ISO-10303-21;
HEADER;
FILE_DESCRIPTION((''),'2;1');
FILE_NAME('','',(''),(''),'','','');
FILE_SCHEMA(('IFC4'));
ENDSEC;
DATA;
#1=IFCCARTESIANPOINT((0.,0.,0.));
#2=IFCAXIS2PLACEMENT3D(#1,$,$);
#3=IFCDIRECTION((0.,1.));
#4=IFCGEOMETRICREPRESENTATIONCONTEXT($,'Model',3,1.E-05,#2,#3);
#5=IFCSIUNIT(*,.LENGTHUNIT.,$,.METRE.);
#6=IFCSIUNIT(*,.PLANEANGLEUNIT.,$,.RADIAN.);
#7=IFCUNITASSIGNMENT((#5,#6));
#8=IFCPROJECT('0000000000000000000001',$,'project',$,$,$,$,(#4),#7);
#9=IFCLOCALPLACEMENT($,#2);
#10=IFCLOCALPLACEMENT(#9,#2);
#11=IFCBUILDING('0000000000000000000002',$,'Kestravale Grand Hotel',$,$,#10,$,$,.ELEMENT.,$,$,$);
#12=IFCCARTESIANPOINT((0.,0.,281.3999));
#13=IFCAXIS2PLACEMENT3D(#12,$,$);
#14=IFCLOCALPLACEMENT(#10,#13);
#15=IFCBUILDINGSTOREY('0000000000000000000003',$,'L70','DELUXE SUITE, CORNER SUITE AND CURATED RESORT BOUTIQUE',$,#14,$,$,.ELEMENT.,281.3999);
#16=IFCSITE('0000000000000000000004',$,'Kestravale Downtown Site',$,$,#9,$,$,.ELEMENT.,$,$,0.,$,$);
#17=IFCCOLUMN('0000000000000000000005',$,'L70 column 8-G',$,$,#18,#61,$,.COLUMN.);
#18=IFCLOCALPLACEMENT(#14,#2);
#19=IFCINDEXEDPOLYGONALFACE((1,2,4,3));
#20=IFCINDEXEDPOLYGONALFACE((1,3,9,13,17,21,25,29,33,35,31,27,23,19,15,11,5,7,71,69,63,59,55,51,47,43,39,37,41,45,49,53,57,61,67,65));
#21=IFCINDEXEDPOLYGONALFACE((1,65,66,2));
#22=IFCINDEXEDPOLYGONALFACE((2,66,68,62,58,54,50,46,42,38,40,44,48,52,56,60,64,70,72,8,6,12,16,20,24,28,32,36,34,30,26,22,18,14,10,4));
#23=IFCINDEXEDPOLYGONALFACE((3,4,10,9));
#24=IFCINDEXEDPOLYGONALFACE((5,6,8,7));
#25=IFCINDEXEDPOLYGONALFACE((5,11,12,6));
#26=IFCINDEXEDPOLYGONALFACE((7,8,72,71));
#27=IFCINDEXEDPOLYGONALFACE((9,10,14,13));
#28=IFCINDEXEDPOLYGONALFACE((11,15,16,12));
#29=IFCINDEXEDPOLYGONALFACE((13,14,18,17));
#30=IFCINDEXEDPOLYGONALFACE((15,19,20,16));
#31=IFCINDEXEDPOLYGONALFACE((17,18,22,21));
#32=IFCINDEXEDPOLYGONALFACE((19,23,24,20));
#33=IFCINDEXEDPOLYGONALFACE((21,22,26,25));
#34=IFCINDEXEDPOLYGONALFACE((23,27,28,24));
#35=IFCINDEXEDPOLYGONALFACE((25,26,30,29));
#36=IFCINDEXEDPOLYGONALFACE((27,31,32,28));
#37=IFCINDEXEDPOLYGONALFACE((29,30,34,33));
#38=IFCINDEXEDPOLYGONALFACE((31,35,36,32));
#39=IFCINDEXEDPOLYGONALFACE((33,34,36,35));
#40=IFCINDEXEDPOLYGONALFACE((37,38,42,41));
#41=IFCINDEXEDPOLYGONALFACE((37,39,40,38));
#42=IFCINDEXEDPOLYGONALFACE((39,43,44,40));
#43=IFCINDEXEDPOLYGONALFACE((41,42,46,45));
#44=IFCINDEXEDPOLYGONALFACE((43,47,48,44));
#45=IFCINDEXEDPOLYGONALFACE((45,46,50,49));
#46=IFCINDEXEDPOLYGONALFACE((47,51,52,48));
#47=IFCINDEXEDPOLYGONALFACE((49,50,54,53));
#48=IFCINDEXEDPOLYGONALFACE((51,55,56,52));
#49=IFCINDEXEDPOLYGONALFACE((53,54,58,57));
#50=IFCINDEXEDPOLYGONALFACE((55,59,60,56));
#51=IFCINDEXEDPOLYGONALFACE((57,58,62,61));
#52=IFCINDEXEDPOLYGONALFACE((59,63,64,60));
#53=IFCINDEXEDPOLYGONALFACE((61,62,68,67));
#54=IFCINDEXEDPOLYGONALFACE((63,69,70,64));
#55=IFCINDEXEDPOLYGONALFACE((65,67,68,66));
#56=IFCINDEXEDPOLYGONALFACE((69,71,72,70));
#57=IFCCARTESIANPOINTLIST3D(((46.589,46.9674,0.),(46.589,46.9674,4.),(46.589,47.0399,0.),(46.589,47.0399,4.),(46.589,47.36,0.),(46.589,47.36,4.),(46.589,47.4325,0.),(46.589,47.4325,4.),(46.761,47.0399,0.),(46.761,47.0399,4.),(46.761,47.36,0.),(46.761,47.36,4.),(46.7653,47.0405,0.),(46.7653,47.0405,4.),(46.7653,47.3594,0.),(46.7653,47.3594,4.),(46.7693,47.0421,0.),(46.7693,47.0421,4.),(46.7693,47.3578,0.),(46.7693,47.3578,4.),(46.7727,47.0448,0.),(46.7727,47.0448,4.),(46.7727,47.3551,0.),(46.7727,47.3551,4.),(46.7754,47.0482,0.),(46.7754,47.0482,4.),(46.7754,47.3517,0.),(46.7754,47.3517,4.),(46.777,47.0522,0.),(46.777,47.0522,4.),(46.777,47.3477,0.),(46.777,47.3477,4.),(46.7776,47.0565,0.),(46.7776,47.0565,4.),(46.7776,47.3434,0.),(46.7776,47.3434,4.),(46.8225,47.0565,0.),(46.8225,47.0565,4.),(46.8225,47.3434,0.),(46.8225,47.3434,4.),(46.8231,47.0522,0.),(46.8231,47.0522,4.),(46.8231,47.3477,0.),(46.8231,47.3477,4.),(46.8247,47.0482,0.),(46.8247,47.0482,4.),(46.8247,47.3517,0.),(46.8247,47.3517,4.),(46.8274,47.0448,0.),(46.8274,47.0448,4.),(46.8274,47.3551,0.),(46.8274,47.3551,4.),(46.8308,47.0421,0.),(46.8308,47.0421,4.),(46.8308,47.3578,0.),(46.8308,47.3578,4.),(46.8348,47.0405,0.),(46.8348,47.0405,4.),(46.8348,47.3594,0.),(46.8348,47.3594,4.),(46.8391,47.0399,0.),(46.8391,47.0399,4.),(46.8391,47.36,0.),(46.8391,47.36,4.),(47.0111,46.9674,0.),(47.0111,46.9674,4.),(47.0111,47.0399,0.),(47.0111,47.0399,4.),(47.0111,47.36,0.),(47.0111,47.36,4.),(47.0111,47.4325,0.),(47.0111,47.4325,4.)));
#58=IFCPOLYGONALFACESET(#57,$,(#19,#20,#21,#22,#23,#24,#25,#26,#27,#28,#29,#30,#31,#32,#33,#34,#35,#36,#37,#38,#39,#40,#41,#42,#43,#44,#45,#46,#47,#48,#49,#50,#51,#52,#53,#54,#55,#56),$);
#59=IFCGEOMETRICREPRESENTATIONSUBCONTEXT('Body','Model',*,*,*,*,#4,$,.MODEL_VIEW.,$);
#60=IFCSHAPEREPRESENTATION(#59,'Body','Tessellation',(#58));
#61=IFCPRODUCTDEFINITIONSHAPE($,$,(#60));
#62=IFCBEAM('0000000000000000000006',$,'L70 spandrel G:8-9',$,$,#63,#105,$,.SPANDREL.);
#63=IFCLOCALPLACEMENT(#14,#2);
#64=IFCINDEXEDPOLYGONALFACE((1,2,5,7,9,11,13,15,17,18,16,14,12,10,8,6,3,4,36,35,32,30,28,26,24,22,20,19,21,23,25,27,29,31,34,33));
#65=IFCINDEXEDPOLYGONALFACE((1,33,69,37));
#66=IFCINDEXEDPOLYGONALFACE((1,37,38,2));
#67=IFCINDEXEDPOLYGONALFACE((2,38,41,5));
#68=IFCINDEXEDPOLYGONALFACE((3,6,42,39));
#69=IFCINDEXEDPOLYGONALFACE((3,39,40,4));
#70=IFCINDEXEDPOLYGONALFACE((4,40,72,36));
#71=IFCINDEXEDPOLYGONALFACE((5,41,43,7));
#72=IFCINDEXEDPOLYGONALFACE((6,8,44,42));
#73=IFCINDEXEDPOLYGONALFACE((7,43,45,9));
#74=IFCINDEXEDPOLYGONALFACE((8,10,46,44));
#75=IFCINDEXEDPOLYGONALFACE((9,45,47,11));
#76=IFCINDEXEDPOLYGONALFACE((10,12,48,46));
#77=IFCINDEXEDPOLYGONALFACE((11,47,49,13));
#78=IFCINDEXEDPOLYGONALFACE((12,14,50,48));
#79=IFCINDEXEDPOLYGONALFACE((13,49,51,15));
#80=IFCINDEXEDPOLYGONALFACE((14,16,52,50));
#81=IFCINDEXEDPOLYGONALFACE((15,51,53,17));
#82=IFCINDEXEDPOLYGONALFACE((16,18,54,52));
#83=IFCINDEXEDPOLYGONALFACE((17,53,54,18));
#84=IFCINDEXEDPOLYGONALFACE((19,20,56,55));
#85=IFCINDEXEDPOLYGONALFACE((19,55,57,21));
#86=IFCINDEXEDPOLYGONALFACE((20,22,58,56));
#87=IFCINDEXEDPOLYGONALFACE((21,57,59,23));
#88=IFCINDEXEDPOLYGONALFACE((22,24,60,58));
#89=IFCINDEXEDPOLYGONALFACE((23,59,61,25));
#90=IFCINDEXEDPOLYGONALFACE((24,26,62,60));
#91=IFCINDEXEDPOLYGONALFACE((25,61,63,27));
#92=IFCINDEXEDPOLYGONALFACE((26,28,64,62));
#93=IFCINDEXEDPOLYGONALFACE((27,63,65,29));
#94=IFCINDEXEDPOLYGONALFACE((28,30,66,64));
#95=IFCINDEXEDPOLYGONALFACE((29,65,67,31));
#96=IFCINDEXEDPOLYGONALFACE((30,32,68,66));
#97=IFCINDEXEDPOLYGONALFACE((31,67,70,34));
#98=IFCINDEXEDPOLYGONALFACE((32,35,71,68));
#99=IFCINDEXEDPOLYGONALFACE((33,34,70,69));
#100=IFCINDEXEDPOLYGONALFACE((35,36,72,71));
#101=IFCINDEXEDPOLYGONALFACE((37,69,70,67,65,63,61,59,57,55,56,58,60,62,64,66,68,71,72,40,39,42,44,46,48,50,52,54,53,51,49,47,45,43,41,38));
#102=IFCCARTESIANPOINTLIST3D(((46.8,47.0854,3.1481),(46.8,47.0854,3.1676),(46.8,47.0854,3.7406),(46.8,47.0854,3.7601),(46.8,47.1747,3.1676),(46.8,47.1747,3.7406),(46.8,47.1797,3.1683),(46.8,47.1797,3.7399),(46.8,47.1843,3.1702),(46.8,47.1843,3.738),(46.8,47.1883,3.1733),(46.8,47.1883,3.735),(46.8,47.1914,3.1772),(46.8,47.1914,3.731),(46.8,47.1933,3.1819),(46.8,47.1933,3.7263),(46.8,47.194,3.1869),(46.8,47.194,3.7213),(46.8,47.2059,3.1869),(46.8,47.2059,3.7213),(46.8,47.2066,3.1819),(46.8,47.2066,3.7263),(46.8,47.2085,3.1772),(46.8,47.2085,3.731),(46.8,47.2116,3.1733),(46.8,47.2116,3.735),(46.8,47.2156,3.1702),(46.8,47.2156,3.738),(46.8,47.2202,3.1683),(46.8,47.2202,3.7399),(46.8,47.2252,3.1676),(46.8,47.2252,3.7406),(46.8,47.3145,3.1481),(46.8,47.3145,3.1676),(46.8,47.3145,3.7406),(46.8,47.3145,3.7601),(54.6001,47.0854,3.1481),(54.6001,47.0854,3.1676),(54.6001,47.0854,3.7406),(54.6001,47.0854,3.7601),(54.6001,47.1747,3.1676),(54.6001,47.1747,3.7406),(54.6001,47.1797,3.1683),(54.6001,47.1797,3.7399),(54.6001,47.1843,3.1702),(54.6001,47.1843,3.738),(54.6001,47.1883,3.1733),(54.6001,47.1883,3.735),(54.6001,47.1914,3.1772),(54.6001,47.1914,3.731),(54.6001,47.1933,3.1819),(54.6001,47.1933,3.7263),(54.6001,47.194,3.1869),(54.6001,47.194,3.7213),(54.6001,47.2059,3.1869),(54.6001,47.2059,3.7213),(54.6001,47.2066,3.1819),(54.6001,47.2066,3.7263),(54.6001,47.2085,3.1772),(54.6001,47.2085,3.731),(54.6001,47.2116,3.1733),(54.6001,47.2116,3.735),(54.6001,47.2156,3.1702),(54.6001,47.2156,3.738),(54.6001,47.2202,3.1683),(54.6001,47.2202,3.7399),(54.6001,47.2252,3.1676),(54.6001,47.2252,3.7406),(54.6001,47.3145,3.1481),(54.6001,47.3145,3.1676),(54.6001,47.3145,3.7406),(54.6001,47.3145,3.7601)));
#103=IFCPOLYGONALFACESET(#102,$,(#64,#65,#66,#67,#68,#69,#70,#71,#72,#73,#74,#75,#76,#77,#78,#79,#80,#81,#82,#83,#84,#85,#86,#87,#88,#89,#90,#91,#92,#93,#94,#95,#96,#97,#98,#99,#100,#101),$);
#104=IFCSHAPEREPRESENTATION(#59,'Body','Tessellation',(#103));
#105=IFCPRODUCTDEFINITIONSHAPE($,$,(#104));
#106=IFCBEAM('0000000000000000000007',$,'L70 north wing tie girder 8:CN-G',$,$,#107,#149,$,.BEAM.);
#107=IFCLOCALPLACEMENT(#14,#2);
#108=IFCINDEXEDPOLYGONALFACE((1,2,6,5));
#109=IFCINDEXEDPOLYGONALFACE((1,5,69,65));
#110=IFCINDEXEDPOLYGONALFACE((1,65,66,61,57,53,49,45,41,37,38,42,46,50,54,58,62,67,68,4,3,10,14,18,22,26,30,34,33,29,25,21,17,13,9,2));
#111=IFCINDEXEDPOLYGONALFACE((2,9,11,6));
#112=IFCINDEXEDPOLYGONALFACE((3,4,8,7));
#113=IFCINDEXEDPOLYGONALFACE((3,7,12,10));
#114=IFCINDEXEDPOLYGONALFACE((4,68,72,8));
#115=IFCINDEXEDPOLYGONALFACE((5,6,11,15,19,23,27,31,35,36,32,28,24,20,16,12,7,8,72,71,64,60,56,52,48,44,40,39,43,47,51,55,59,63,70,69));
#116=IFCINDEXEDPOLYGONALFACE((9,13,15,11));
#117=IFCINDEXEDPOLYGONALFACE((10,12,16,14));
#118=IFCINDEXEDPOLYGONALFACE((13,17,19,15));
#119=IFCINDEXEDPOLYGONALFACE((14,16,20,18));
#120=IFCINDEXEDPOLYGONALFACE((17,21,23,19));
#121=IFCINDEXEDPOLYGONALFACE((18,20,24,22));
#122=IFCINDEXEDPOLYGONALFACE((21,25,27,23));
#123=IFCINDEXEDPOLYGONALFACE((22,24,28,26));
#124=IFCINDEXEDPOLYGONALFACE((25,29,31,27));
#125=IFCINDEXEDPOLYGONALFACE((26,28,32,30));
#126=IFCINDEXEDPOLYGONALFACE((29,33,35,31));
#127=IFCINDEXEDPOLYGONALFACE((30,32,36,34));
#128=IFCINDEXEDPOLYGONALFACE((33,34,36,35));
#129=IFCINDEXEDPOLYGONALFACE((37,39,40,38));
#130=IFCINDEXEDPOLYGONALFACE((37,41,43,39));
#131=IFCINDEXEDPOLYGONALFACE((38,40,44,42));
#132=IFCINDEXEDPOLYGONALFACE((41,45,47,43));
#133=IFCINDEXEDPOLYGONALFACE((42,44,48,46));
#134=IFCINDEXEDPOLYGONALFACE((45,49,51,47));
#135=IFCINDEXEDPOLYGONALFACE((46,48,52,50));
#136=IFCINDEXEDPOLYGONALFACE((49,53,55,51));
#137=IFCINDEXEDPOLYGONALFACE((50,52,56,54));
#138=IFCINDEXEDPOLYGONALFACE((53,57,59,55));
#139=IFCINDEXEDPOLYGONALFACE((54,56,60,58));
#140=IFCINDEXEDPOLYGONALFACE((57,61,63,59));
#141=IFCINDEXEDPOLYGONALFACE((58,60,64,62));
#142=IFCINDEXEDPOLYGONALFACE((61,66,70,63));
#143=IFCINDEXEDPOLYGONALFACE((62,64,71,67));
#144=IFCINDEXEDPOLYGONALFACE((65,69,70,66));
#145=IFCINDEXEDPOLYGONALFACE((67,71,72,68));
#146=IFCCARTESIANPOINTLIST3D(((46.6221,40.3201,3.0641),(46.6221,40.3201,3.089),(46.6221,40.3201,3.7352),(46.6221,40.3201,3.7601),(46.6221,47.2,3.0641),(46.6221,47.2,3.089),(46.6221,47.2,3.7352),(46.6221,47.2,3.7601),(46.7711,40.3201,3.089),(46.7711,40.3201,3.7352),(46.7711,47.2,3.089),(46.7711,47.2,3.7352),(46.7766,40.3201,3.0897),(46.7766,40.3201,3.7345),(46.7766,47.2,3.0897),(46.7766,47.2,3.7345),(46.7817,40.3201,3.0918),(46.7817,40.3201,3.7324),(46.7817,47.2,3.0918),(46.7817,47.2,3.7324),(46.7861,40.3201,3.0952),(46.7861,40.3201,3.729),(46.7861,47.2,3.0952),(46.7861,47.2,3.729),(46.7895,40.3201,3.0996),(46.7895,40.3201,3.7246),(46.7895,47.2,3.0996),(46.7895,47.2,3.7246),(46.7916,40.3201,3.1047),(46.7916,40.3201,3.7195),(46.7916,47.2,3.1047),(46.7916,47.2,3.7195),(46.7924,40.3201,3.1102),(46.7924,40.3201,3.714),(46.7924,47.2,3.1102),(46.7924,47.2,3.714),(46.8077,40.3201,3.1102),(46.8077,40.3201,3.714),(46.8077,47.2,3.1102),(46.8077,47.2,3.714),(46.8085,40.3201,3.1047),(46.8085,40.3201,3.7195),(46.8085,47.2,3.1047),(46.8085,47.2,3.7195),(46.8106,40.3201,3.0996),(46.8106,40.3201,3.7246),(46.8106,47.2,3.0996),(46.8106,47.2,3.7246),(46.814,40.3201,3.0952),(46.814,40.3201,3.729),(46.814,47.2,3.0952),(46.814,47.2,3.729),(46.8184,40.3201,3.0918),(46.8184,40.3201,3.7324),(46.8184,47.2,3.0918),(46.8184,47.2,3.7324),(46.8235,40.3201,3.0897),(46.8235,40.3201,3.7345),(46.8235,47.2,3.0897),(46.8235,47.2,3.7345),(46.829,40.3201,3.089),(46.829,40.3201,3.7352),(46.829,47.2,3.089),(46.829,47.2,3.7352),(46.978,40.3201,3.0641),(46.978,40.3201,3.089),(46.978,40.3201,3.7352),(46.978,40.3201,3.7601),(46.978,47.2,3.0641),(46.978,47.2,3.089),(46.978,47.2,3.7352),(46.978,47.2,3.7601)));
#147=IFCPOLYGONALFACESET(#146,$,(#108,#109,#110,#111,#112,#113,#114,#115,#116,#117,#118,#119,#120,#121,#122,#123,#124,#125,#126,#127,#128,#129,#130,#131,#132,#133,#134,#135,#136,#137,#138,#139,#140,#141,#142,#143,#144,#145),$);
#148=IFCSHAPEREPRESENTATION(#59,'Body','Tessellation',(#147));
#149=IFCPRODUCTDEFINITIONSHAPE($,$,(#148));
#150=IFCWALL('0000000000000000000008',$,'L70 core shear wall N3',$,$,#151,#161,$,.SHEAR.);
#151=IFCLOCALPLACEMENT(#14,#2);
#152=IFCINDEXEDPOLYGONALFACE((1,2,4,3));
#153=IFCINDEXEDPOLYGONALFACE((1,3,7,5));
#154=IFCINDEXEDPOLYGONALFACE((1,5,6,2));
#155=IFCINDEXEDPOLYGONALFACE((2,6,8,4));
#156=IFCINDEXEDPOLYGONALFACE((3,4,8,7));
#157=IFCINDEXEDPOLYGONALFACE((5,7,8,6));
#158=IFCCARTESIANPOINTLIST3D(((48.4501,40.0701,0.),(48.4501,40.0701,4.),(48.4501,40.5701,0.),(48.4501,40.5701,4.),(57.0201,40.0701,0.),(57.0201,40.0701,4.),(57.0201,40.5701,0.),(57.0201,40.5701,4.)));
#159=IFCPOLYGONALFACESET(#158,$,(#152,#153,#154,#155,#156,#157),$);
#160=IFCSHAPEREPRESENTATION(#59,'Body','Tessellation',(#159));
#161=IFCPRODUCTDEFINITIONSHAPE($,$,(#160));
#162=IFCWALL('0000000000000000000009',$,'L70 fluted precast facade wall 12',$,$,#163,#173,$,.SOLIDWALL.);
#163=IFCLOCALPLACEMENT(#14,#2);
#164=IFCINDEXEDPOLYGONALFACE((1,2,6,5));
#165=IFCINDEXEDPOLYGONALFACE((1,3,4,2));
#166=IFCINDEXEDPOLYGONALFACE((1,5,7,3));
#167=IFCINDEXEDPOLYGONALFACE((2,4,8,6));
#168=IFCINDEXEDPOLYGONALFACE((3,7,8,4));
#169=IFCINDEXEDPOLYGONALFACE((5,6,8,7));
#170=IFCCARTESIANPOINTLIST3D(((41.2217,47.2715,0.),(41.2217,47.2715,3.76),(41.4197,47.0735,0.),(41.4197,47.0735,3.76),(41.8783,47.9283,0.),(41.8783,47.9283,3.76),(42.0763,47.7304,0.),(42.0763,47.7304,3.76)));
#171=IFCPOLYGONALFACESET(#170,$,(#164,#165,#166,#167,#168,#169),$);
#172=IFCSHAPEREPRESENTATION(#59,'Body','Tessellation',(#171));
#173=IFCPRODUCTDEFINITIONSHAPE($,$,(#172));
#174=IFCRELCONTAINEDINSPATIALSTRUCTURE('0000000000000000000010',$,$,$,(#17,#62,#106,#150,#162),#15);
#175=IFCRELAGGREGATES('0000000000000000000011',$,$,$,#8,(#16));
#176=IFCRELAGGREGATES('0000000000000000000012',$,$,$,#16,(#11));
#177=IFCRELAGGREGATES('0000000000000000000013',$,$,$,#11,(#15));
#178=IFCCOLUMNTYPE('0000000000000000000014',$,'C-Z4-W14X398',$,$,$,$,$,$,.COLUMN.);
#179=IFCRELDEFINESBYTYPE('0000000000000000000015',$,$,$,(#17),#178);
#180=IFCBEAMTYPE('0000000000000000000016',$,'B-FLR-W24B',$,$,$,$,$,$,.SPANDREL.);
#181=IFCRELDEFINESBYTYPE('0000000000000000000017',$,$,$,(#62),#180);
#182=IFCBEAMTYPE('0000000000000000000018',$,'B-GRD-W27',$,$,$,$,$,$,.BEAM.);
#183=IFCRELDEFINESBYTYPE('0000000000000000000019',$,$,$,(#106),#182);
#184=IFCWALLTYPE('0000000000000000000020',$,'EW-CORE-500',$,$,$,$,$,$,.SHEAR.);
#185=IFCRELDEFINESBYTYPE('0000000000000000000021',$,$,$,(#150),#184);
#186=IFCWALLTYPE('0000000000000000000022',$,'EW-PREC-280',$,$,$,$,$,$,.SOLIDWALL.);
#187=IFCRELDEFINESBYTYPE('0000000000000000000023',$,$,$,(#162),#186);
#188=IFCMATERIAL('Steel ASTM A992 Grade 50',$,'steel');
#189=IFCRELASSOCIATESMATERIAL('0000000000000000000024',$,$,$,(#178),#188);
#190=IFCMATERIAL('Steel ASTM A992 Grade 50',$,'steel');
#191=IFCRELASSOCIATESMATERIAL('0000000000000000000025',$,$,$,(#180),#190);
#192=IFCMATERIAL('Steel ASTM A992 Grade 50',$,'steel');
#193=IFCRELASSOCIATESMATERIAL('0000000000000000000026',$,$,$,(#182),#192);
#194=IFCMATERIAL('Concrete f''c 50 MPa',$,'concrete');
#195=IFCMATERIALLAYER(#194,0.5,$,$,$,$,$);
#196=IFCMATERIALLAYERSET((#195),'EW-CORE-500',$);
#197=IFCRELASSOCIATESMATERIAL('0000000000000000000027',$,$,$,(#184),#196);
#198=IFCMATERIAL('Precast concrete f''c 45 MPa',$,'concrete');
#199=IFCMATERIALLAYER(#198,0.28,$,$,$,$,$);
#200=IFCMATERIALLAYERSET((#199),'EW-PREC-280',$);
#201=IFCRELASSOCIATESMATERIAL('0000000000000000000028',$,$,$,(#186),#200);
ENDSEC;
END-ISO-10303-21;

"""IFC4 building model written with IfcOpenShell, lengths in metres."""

from ifc_helpers import new_model, si_unit, direction, frame, frame_2d, origin, origin_2d, place, context, subcontext, project, spatial, rectangle, i_section, extrude, material, layer, layer_set, material_profile, profile_set, type_object, element, save


model = new_model("IFC4")

# Units and contexts
model_context = context("Model", 3, precision=1e-05, world=origin(), true_north=direction((0.0, 1.0)))
body_context = subcontext(model_context, "Body", "Model", "MODEL_VIEW")
ifc_project = project(units=[si_unit("LENGTHUNIT", "METRE"), si_unit("PLANEANGLEUNIT", "RADIAN")], contexts=[model_context])

# Site, building, storey
site_placement = place(None, origin())
site = spatial("IfcSite", under=ifc_project, at=site_placement, Name="Kestravale Downtown Site", CompositionType="ELEMENT", RefElevation=0.0)
building_placement = place(site_placement, origin())
building = spatial("IfcBuilding", under=site, at=building_placement, Name="Kestravale Grand Hotel", CompositionType="ELEMENT")
storey_placement = place(building_placement, frame((0.0, 0.0, 281.3999)))
storey = spatial("IfcBuildingStorey", under=building, at=storey_placement, Name="L70", Description="DELUXE SUITE, CORNER SUITE AND CURATED RESORT BOUTIQUE", CompositionType="ELEMENT", Elevation=281.3999)

# Column
ifc_material_1 = material(Name="Steel ASTM A992 Grade 50", Category="steel")
ifc_material_profile_1 = material_profile(ifc_material_1, i_section(OverallWidth=0.4221, OverallDepth=0.4651, WebThickness=0.0449, FlangeThickness=0.0725, FilletRadius=0.0166, at=origin_2d()))
ifc_profile_set_1 = profile_set([ifc_material_profile_1], Name="Steel ASTM A992 Grade 50")
column_type = type_object("IfcColumnType", Name="C-Z4-W14X398", PredefinedType="COLUMN", material=ifc_profile_set_1)
column_placement = place(storey_placement, frame((46.8, 47.2, 0.0), z_axis=(0.0, 0.0, 1.0), x_axis=(1.0, 0.0, 0.0)))
element("IfcColumn", 1, at=column_placement, inside=storey, type_object=column_type, Name="L70 column 8-G", PredefinedType="COLUMN", context=body_context, shape_type="SweptSolid", body=[
    extrude(i_section(OverallWidth=0.4221, OverallDepth=0.4651, WebThickness=0.0449, FlangeThickness=0.0725, FilletRadius=0.0166, at=origin_2d()), origin(), (0.0, 0.0, 1.0), 4.0),
])

# Beams
ifc_material_2 = material(Name="Steel ASTM A992 Grade 50", Category="steel")
ifc_material_profile_2 = material_profile(ifc_material_2, i_section(OverallWidth=0.229, OverallDepth=0.6121, WebThickness=0.012, FlangeThickness=0.0195, FilletRadius=0.0193, at=origin_2d()))
ifc_profile_set_2 = profile_set([ifc_material_profile_2], Name="Steel ASTM A992 Grade 50")
beam_type_1 = type_object("IfcBeamType", Name="B-FLR-W24B", PredefinedType="SPANDREL", material=ifc_profile_set_2)
beam_1_placement = place(storey_placement, frame((46.8, 47.2, 3.4541), z_axis=(1.0, 0.0, 0.0), x_axis=(0.0, 1.0, 0.0)))
element("IfcBeam", 2, at=beam_1_placement, inside=storey, type_object=beam_type_1, Name="L70 spandrel G:8-9", PredefinedType="SPANDREL", context=body_context, shape_type="SweptSolid", body=[
    extrude(i_section(OverallWidth=0.229, OverallDepth=0.6121, WebThickness=0.012, FlangeThickness=0.0195, FilletRadius=0.0193, at=origin_2d()), origin(), (0.0, 0.0, 1.0), 7.8),
])
ifc_material_3 = material(Name="Steel ASTM A992 Grade 50", Category="steel")
ifc_material_profile_3 = material_profile(ifc_material_3, i_section(OverallWidth=0.356, OverallDepth=0.696, WebThickness=0.0154, FlangeThickness=0.0249, FilletRadius=0.0212, at=origin_2d()))
ifc_profile_set_3 = profile_set([ifc_material_profile_3], Name="Steel ASTM A992 Grade 50")
beam_type_2 = type_object("IfcBeamType", Name="B-GRD-W27", PredefinedType="BEAM", material=ifc_profile_set_3)
beam_2_placement = place(storey_placement, frame((46.8, 40.3201, 3.4121), z_axis=(0.0, 1.0, 0.0), x_axis=(-1.0, 0.0, 0.0)))
element("IfcBeam", 3, at=beam_2_placement, inside=storey, type_object=beam_type_2, Name="L70 north wing tie girder 8:CN-G", PredefinedType="BEAM", context=body_context, shape_type="SweptSolid", body=[
    extrude(i_section(OverallWidth=0.356, OverallDepth=0.696, WebThickness=0.0154, FlangeThickness=0.0249, FilletRadius=0.0212, at=origin_2d()), origin(), (0.0, 0.0, 1.0), 6.8799),
])

# Walls
ifc_material_4 = material(Name="Concrete f'c 50 MPa", Category="concrete")
ifc_layer_1 = layer(ifc_material_4, 0.5)
ifc_layer_set_1 = layer_set([ifc_layer_1], Name="EW-CORE-500")
wall_type_1 = type_object("IfcWallType", Name="EW-CORE-500", PredefinedType="SHEAR", material=ifc_layer_set_1)
wall_1_placement = place(storey_placement, frame((48.45, 40.3201, 0.0), z_axis=(0.0, 0.0, 1.0), x_axis=(1.0, 0.0, 0.0)))
element("IfcWall", 4, at=wall_1_placement, inside=storey, type_object=wall_type_1, Name="L70 core shear wall N3", PredefinedType="SHEAR", context=body_context, shape_type="SweptSolid", body=[
    extrude(rectangle(XDim=8.5701, YDim=0.5, at=frame_2d((4.2852, 0.0))), origin(), (0.0, 0.0, 1.0), 4.0),
])
ifc_material_5 = material(Name="Precast concrete f'c 45 MPa", Category="concrete")
ifc_layer_2 = layer(ifc_material_5, 0.28)
ifc_layer_set_2 = layer_set([ifc_layer_2], Name="EW-PREC-280")
wall_type_2 = type_object("IfcWallType", Name="EW-PREC-280", PredefinedType="SOLIDWALL", material=ifc_layer_set_2)
wall_2_placement = place(storey_placement, frame((41.9773, 47.8293, 0.0), z_axis=(0.0, 0.0, 1.0), x_axis=(-0.706975, -0.707238, 0.0)))
element("IfcWall", 5, at=wall_2_placement, inside=storey, type_object=wall_type_2, Name="L70 fluted precast facade wall 12", PredefinedType="SOLIDWALL", context=body_context, shape_type="SweptSolid", body=[
    extrude(rectangle(XDim=0.9287, YDim=0.28, at=frame_2d((0.4644, 0.0))), origin(), (0.0, 0.0, 1.0), 3.76),
])

save(model, "model.ifc")
